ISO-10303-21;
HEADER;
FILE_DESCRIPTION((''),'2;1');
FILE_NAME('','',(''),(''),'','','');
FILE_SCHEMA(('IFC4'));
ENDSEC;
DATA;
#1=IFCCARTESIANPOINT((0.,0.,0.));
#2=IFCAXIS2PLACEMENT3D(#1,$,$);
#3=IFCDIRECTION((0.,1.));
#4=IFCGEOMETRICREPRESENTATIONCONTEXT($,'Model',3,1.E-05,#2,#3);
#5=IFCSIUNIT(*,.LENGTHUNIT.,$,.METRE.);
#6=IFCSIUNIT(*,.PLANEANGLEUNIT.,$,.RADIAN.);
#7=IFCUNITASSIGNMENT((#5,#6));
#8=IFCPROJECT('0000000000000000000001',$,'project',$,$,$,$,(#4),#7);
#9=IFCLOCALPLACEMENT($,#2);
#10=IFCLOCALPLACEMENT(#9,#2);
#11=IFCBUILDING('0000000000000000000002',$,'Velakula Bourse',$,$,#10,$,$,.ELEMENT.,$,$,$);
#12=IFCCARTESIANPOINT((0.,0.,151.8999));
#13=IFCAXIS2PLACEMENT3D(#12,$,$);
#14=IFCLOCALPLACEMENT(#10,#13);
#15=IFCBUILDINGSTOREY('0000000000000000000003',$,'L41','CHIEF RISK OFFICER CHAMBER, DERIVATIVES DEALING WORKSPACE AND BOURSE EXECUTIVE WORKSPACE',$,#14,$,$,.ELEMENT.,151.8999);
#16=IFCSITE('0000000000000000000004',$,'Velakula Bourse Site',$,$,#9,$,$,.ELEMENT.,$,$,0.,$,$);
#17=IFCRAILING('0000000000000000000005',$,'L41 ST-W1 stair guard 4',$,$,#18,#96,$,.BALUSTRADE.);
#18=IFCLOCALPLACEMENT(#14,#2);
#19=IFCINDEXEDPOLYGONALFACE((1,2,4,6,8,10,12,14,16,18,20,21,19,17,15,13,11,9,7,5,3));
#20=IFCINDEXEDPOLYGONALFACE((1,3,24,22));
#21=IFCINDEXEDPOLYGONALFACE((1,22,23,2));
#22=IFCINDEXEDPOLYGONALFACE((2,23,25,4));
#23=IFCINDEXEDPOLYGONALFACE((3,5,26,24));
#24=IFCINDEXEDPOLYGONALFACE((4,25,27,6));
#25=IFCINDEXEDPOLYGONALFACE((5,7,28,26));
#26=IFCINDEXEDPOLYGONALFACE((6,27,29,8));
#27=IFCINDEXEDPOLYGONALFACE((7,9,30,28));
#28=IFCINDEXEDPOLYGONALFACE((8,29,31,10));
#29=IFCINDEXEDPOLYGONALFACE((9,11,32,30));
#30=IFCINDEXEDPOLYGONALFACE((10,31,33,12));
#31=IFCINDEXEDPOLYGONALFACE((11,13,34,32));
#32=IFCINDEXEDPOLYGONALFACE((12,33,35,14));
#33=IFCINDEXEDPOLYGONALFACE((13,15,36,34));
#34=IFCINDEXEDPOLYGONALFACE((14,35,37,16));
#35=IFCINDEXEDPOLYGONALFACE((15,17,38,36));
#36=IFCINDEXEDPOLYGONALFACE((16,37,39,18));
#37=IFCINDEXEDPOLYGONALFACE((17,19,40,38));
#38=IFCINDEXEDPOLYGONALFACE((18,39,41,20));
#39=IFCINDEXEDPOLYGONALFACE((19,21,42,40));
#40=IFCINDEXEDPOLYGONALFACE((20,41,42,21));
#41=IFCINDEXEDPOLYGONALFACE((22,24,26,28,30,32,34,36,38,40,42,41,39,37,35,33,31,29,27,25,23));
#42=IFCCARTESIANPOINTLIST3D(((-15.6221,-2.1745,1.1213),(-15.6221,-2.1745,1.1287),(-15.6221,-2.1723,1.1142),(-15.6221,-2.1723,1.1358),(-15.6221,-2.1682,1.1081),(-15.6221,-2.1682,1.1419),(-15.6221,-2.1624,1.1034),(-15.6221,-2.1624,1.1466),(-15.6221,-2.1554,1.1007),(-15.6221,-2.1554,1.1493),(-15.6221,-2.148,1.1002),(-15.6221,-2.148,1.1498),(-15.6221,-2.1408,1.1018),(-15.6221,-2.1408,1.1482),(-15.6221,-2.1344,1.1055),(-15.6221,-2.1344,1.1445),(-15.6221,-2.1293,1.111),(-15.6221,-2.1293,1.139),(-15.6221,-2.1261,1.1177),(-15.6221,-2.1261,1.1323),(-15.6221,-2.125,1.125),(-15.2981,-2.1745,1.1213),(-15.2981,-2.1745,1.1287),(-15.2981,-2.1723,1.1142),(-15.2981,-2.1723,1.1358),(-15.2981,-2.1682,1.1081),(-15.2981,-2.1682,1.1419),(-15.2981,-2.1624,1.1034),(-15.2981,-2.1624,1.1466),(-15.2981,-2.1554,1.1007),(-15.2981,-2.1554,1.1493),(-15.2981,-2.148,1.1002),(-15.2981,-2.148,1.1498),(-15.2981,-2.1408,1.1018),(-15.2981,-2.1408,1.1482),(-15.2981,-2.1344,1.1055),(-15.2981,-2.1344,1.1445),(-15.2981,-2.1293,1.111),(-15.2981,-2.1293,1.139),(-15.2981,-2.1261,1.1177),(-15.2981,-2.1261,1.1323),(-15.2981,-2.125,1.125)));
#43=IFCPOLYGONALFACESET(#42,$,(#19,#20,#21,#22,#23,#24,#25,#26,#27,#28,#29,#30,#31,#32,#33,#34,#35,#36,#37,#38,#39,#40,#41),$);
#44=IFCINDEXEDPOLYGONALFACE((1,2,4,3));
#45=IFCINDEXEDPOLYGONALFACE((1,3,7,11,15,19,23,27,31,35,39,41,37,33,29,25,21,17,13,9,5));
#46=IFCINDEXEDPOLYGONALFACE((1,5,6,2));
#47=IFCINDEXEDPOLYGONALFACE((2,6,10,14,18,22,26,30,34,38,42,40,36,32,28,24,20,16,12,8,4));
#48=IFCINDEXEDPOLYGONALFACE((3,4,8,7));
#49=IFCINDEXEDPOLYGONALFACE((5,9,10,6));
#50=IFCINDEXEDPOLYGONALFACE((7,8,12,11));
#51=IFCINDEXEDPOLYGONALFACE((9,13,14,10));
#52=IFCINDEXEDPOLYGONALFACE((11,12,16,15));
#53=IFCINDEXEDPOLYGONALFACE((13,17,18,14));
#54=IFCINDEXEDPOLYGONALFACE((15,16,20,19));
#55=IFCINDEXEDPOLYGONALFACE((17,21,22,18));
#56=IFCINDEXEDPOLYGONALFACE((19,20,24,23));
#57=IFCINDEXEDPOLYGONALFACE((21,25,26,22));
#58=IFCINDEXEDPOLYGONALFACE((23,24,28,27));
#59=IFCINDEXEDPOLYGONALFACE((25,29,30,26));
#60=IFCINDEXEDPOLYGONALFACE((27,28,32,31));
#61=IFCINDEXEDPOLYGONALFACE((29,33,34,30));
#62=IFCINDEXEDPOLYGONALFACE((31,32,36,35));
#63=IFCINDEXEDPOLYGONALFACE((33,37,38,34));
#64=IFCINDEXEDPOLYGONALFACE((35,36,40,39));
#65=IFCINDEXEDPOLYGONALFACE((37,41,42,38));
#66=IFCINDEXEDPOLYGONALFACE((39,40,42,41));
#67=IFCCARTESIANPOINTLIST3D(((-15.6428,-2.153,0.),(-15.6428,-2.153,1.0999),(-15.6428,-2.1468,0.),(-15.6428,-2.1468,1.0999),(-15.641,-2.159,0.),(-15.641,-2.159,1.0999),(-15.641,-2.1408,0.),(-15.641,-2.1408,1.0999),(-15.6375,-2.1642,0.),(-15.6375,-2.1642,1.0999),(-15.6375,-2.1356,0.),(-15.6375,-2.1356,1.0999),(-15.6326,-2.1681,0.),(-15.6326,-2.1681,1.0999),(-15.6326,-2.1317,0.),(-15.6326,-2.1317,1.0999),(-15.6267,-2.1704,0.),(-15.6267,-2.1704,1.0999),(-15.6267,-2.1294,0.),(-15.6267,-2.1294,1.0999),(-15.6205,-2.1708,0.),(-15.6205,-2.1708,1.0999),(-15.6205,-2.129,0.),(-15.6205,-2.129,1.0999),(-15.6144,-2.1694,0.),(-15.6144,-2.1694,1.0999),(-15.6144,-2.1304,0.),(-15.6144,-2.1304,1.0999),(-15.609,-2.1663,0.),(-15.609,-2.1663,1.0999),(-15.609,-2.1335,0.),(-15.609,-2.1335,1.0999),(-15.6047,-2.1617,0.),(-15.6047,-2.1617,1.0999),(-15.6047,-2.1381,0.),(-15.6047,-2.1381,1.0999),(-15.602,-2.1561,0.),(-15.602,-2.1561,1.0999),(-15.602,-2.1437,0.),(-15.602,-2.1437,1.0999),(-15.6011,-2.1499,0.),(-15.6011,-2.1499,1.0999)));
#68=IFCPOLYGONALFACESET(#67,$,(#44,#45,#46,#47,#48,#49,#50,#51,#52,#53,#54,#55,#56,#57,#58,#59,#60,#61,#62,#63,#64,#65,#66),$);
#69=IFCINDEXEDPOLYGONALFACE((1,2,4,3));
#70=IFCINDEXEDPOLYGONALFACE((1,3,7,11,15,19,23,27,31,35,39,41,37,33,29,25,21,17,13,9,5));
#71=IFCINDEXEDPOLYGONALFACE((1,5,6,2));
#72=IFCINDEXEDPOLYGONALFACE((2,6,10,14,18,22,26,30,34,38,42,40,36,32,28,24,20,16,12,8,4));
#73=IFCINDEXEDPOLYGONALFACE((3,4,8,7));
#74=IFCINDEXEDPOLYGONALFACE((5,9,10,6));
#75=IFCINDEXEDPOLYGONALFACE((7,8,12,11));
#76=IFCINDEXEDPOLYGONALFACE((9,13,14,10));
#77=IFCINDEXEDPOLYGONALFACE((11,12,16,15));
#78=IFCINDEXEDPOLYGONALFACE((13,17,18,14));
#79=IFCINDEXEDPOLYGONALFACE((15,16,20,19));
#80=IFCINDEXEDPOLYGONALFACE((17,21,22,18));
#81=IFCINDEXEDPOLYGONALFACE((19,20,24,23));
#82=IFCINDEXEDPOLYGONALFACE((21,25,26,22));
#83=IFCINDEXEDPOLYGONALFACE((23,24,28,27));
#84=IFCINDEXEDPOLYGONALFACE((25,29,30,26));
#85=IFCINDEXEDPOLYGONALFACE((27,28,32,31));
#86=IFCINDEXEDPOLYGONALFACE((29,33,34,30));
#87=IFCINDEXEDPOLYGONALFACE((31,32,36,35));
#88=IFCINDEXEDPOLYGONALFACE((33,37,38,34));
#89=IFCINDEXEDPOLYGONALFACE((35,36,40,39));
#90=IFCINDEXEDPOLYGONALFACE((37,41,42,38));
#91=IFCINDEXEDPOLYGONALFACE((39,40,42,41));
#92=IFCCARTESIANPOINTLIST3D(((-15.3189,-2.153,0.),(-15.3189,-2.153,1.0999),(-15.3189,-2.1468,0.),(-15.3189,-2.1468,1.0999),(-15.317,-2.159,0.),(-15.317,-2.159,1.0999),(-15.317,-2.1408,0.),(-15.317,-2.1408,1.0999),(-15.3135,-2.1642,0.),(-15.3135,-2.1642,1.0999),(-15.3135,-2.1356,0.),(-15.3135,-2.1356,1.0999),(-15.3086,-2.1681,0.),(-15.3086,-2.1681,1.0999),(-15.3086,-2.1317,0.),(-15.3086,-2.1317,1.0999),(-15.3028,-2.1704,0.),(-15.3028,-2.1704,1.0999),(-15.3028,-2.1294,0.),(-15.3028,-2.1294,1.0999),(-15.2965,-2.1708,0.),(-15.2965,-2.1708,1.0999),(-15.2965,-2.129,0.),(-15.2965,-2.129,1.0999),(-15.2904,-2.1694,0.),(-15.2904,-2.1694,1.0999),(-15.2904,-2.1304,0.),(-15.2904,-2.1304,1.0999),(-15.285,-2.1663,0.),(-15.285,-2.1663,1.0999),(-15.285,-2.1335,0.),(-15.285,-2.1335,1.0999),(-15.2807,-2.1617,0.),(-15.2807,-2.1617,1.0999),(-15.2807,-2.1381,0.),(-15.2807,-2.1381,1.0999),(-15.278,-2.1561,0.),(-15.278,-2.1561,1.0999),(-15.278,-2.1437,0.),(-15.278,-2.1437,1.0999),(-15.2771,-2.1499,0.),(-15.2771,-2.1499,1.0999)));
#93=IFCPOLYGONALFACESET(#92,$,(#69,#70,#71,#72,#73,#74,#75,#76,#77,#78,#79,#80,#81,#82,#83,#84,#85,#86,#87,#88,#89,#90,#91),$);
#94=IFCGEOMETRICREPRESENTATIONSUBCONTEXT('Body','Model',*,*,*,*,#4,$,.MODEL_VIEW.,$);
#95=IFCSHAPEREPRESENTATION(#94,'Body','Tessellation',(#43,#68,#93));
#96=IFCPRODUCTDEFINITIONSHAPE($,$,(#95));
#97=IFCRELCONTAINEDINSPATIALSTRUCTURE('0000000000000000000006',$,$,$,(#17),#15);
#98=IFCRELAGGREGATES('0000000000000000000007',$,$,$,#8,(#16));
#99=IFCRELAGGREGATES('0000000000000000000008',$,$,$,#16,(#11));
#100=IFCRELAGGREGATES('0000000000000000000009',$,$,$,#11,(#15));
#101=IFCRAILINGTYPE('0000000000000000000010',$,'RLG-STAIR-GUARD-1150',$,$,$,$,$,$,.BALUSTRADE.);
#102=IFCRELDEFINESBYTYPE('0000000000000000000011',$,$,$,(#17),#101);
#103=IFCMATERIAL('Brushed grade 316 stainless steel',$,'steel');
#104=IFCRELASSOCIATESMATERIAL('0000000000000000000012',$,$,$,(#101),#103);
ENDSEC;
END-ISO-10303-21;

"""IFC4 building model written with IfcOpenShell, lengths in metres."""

from ifc_helpers import new_model, si_unit, direction, frame, origin, origin_2d, place, context, subcontext, project, spatial, circle, extrude, material, type_object, element, save


model = new_model("IFC4")

# Units and contexts
model_context = context("Model", 3, precision=1e-05, world=origin(), true_north=direction((0.0, 1.0)))
body_context = subcontext(model_context, "Body", "Model", "MODEL_VIEW")
ifc_project = project(units=[si_unit("LENGTHUNIT", "METRE"), si_unit("PLANEANGLEUNIT", "RADIAN")], contexts=[model_context])

# Site, building, storey
site_placement = place(None, origin())
site = spatial("IfcSite", under=ifc_project, at=site_placement, Name="Velakula Bourse Site", CompositionType="ELEMENT", RefElevation=0.0)
building_placement = place(site_placement, origin())
building = spatial("IfcBuilding", under=site, at=building_placement, Name="Velakula Bourse", CompositionType="ELEMENT")
storey_placement = place(building_placement, frame((0.0, 0.0, 151.8999)))
storey = spatial("IfcBuildingStorey", under=building, at=storey_placement, Name="L41", Description="CHIEF RISK OFFICER CHAMBER, DERIVATIVES DEALING WORKSPACE AND BOURSE EXECUTIVE WORKSPACE", CompositionType="ELEMENT", Elevation=151.8999)

# Shared definitions
ifc_material_1 = material(Name="Brushed grade 316 stainless steel", Category="steel")

# Railing
railing_type_1 = type_object("IfcRailingType", Name="RLG-STAIR-GUARD-1150", PredefinedType="BALUSTRADE", material=ifc_material_1)
railing_1_placement = place(storey_placement, frame((-15.6221, -2.1499, 0.0)))
element("IfcRailing", 1, at=railing_1_placement, inside=storey, type_object=railing_type_1, Name="L41 ST-W1 stair guard 4", PredefinedType="BALUSTRADE", context=body_context, shape_type="SweptSolid", body=[
    extrude(circle(Radius=0.0249, at=origin_2d()), frame((0.0, 0.0, 1.125), z_axis=(1.0, 0.0, 0.0), x_axis=(0.0, 1.0, 0.0)), (0.0, 0.0, 1.0), 0.324),
    extrude(circle(Radius=0.021, at=origin_2d()), origin(), (0.0, 0.0, 1.0), 1.0999),
    extrude(circle(Radius=0.021, at=origin_2d()), frame((0.324, 0.0, 0.0)), (0.0, 0.0, 1.0), 1.0999),
])

save(model, "model.ifc")
